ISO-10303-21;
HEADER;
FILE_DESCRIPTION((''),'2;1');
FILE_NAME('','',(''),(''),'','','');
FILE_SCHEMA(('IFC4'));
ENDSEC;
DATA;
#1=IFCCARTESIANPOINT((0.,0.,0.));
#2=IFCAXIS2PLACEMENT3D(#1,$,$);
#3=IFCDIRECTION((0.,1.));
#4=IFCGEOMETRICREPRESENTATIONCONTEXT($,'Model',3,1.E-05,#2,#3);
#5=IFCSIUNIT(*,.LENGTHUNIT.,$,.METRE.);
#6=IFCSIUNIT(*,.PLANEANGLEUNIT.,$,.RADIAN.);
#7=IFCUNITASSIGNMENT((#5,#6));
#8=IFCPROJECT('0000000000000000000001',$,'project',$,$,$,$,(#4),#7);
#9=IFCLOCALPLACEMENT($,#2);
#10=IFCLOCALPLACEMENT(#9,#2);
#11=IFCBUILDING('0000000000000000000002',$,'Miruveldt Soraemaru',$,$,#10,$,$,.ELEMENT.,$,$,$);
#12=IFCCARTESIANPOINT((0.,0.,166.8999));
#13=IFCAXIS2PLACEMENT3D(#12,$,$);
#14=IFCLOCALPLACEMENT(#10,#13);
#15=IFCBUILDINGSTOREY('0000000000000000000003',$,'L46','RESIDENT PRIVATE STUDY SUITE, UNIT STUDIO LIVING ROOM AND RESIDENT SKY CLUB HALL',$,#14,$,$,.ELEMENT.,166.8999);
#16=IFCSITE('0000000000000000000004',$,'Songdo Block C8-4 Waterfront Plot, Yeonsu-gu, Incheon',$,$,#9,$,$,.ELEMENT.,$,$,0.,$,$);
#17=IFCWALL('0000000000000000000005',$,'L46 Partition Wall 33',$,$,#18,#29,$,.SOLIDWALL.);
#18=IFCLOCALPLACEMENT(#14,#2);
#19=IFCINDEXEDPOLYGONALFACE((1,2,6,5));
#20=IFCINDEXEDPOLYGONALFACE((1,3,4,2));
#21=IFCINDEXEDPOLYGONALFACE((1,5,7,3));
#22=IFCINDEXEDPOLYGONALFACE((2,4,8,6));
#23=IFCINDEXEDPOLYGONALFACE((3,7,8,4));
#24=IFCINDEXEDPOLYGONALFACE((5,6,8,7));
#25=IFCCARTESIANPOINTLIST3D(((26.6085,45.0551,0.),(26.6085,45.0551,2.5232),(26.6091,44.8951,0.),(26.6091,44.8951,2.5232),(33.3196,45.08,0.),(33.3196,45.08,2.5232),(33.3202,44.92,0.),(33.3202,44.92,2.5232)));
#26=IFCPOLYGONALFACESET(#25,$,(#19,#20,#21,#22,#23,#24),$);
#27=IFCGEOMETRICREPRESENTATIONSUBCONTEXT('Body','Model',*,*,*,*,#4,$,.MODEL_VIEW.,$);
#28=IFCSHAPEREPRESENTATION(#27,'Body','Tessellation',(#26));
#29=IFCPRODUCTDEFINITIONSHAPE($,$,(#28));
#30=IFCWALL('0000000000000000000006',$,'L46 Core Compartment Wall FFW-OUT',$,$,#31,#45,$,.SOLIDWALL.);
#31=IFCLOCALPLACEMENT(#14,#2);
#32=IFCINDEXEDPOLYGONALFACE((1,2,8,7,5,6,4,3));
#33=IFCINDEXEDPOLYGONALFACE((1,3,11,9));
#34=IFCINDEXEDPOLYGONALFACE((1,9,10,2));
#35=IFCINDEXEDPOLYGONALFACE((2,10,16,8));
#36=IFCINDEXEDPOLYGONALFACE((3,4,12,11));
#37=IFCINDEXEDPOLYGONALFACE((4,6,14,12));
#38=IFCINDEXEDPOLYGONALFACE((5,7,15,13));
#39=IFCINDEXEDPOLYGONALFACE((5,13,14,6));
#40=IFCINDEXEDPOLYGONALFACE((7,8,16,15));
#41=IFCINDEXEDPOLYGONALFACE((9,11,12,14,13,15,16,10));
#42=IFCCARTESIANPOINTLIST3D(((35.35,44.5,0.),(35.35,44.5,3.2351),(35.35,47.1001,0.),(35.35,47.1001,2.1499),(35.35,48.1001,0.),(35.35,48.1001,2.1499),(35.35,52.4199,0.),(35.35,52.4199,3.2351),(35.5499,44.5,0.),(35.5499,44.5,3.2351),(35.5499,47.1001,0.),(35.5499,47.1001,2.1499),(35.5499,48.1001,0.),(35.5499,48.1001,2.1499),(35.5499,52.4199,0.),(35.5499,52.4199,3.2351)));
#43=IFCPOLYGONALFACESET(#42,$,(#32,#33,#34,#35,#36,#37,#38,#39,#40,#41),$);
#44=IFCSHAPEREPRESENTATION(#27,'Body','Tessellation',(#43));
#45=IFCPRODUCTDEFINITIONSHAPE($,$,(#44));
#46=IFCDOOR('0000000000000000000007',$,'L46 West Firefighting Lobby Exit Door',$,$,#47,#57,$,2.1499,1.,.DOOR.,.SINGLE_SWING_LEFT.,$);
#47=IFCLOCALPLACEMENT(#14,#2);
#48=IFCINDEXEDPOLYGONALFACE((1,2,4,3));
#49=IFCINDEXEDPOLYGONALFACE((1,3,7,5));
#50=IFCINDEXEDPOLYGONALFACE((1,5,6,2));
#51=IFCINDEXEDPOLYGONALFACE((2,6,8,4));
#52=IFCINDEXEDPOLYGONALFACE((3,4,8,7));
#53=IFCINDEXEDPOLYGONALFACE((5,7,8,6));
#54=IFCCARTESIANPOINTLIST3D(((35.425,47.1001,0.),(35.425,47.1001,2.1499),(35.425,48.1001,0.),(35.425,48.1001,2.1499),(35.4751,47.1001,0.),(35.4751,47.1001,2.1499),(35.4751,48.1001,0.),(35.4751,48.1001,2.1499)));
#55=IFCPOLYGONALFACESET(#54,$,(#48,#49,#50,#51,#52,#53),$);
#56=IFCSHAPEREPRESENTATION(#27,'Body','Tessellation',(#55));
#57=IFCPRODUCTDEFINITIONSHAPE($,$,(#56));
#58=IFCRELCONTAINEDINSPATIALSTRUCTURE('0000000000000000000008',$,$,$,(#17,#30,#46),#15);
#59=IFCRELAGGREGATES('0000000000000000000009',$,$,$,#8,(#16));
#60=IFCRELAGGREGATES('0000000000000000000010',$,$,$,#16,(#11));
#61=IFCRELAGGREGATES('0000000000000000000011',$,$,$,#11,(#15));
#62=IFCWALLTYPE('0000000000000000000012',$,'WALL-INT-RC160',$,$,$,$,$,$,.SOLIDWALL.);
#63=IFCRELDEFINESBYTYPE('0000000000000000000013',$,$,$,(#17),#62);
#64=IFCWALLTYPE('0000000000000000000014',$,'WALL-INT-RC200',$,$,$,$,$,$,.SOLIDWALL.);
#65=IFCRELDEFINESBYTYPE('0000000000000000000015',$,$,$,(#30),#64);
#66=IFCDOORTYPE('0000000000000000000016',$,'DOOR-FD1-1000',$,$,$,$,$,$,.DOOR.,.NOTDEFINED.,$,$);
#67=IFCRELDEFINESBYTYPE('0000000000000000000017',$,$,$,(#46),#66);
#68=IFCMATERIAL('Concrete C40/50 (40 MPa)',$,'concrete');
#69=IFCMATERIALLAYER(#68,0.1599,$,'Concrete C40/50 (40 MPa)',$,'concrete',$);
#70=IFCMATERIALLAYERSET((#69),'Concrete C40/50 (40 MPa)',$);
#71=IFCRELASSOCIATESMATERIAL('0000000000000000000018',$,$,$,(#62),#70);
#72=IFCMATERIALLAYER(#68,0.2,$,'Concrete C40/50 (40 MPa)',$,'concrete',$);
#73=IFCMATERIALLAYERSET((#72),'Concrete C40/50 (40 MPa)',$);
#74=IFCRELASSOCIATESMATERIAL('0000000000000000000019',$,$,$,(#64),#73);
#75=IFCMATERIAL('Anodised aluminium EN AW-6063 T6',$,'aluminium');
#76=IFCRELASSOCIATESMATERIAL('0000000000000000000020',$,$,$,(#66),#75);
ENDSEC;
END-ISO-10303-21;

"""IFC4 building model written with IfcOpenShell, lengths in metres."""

from ifc_helpers import new_model, si_unit, direction, frame, frame_2d, origin, place, context, subcontext, project, spatial, rectangle, extrude, material, layer, layer_set, type_object, element, fill, save


model = new_model("IFC4")

# Units and contexts
model_context = context("Model", 3, precision=1e-05, world=origin(), true_north=direction((0.0, 1.0)))
body_context = subcontext(model_context, "Body", "Model", "MODEL_VIEW")
ifc_project = project(units=[si_unit("LENGTHUNIT", "METRE"), si_unit("PLANEANGLEUNIT", "RADIAN")], contexts=[model_context])

# Site, building, storey
site_placement = place(None, origin())
site = spatial("IfcSite", under=ifc_project, at=site_placement, Name="Songdo Block C8-4 Waterfront Plot, Yeonsu-gu, Incheon", CompositionType="ELEMENT", RefElevation=0.0)
building_placement = place(site_placement, origin())
building = spatial("IfcBuilding", under=site, at=building_placement, Name="Miruveldt Soraemaru", CompositionType="ELEMENT")
storey_placement = place(building_placement, frame((0.0, 0.0, 166.8999)))
storey = spatial("IfcBuildingStorey", under=building, at=storey_placement, Name="L46", Description="RESIDENT PRIVATE STUDY SUITE, UNIT STUDIO LIVING ROOM AND RESIDENT SKY CLUB HALL", CompositionType="ELEMENT", Elevation=166.8999)

# Shared definitions
ifc_material_1 = material(Name="Concrete C40/50 (40 MPa)", Category="concrete")
ifc_layer_1 = layer(ifc_material_1, 0.1599, Name="Concrete C40/50 (40 MPa)", Category="concrete")
ifc_layer_set_1 = layer_set([ifc_layer_1], Name="Concrete C40/50 (40 MPa)")
wall_type_1 = type_object("IfcWallType", Name="WALL-INT-RC160", PredefinedType="SOLIDWALL", material=ifc_layer_set_1)
ifc_material_2 = material(Name="Anodised aluminium EN AW-6063 T6", Category="aluminium")

# Wall
wall_1_placement = place(storey_placement, frame((26.6089, 44.9751, 0.0), z_axis=(0.0, 0.0, 1.0), x_axis=(0.999993, 0.003711, 0.0)))
element("IfcWall", 1, at=wall_1_placement, inside=storey, type_object=wall_type_1, Name="L46 Partition Wall 33", PredefinedType="SOLIDWALL", context=body_context, shape_type="SweptSolid", body=[
    extrude(rectangle(XDim=6.7112, YDim=0.1599, at=frame_2d((3.3555, 0.0))), origin(), (0.0, 0.0, 1.0), 2.5232),
])

# Wall, opening, door
ifc_layer_2 = layer(ifc_material_1, 0.2, Name="Concrete C40/50 (40 MPa)", Category="concrete")
ifc_layer_set_2 = layer_set([ifc_layer_2], Name="Concrete C40/50 (40 MPa)")
wall_type_2 = type_object("IfcWallType", Name="WALL-INT-RC200", PredefinedType="SOLIDWALL", material=ifc_layer_set_2)
wall_2_placement = place(storey_placement, frame((35.45, 44.5, 0.0), z_axis=(0.0, 0.0, 1.0), x_axis=(0.0, 1.0, 0.0)))
wall_2 = element("IfcWall", 2, at=wall_2_placement, inside=storey, type_object=wall_type_2, Name="L46 Core Compartment Wall FFW-OUT", PredefinedType="SOLIDWALL", context=body_context, shape_type="SweptSolid", body=[
    extrude(rectangle(XDim=7.9199, YDim=0.2, at=frame_2d((3.96, 0.0))), origin(), (0.0, 0.0, 1.0), 3.2351),
])
opening_1_placement = place(wall_2_placement, frame((2.6001, 0.0, 0.0)))
opening_1 = element("IfcOpeningElement", 3, at=opening_1_placement, cuts=wall_2, PredefinedType="OPENING", context=body_context, shape_type="SweptSolid", body=[
    extrude(rectangle(XDim=1.0, YDim=2.1499, at=frame_2d((0.5, 1.075))), frame((0.0, 0.1099, 0.0), z_axis=(0.0, -1.0, 0.0), x_axis=(1.0, 0.0, 0.0)), (0.0, 0.0, 1.0), 0.22),
])
door_type_1 = type_object("IfcDoorType", Name="DOOR-FD1-1000", OperationType="NOTDEFINED", PredefinedType="DOOR", material=ifc_material_2)
door_1_placement = place(opening_1_placement, origin())
door_1 = element("IfcDoor", 4, at=door_1_placement, inside=storey, type_object=door_type_1, Name="L46 West Firefighting Lobby Exit Door", OperationType="SINGLE_SWING_LEFT", OverallHeight=2.1499, OverallWidth=1.0, PredefinedType="DOOR", context=body_context, shape_type="SweptSolid", body=[
    extrude(rectangle(XDim=1.0, YDim=2.1499, at=frame_2d((0.5, 1.075))), frame((0.0, 0.0249, 0.0), z_axis=(0.0, -1.0, 0.0), x_axis=(1.0, 0.0, 0.0)), (0.0, 0.0, 1.0), 0.05),
])
fill(opening_1, door_1)

save(model, "model.ifc")
